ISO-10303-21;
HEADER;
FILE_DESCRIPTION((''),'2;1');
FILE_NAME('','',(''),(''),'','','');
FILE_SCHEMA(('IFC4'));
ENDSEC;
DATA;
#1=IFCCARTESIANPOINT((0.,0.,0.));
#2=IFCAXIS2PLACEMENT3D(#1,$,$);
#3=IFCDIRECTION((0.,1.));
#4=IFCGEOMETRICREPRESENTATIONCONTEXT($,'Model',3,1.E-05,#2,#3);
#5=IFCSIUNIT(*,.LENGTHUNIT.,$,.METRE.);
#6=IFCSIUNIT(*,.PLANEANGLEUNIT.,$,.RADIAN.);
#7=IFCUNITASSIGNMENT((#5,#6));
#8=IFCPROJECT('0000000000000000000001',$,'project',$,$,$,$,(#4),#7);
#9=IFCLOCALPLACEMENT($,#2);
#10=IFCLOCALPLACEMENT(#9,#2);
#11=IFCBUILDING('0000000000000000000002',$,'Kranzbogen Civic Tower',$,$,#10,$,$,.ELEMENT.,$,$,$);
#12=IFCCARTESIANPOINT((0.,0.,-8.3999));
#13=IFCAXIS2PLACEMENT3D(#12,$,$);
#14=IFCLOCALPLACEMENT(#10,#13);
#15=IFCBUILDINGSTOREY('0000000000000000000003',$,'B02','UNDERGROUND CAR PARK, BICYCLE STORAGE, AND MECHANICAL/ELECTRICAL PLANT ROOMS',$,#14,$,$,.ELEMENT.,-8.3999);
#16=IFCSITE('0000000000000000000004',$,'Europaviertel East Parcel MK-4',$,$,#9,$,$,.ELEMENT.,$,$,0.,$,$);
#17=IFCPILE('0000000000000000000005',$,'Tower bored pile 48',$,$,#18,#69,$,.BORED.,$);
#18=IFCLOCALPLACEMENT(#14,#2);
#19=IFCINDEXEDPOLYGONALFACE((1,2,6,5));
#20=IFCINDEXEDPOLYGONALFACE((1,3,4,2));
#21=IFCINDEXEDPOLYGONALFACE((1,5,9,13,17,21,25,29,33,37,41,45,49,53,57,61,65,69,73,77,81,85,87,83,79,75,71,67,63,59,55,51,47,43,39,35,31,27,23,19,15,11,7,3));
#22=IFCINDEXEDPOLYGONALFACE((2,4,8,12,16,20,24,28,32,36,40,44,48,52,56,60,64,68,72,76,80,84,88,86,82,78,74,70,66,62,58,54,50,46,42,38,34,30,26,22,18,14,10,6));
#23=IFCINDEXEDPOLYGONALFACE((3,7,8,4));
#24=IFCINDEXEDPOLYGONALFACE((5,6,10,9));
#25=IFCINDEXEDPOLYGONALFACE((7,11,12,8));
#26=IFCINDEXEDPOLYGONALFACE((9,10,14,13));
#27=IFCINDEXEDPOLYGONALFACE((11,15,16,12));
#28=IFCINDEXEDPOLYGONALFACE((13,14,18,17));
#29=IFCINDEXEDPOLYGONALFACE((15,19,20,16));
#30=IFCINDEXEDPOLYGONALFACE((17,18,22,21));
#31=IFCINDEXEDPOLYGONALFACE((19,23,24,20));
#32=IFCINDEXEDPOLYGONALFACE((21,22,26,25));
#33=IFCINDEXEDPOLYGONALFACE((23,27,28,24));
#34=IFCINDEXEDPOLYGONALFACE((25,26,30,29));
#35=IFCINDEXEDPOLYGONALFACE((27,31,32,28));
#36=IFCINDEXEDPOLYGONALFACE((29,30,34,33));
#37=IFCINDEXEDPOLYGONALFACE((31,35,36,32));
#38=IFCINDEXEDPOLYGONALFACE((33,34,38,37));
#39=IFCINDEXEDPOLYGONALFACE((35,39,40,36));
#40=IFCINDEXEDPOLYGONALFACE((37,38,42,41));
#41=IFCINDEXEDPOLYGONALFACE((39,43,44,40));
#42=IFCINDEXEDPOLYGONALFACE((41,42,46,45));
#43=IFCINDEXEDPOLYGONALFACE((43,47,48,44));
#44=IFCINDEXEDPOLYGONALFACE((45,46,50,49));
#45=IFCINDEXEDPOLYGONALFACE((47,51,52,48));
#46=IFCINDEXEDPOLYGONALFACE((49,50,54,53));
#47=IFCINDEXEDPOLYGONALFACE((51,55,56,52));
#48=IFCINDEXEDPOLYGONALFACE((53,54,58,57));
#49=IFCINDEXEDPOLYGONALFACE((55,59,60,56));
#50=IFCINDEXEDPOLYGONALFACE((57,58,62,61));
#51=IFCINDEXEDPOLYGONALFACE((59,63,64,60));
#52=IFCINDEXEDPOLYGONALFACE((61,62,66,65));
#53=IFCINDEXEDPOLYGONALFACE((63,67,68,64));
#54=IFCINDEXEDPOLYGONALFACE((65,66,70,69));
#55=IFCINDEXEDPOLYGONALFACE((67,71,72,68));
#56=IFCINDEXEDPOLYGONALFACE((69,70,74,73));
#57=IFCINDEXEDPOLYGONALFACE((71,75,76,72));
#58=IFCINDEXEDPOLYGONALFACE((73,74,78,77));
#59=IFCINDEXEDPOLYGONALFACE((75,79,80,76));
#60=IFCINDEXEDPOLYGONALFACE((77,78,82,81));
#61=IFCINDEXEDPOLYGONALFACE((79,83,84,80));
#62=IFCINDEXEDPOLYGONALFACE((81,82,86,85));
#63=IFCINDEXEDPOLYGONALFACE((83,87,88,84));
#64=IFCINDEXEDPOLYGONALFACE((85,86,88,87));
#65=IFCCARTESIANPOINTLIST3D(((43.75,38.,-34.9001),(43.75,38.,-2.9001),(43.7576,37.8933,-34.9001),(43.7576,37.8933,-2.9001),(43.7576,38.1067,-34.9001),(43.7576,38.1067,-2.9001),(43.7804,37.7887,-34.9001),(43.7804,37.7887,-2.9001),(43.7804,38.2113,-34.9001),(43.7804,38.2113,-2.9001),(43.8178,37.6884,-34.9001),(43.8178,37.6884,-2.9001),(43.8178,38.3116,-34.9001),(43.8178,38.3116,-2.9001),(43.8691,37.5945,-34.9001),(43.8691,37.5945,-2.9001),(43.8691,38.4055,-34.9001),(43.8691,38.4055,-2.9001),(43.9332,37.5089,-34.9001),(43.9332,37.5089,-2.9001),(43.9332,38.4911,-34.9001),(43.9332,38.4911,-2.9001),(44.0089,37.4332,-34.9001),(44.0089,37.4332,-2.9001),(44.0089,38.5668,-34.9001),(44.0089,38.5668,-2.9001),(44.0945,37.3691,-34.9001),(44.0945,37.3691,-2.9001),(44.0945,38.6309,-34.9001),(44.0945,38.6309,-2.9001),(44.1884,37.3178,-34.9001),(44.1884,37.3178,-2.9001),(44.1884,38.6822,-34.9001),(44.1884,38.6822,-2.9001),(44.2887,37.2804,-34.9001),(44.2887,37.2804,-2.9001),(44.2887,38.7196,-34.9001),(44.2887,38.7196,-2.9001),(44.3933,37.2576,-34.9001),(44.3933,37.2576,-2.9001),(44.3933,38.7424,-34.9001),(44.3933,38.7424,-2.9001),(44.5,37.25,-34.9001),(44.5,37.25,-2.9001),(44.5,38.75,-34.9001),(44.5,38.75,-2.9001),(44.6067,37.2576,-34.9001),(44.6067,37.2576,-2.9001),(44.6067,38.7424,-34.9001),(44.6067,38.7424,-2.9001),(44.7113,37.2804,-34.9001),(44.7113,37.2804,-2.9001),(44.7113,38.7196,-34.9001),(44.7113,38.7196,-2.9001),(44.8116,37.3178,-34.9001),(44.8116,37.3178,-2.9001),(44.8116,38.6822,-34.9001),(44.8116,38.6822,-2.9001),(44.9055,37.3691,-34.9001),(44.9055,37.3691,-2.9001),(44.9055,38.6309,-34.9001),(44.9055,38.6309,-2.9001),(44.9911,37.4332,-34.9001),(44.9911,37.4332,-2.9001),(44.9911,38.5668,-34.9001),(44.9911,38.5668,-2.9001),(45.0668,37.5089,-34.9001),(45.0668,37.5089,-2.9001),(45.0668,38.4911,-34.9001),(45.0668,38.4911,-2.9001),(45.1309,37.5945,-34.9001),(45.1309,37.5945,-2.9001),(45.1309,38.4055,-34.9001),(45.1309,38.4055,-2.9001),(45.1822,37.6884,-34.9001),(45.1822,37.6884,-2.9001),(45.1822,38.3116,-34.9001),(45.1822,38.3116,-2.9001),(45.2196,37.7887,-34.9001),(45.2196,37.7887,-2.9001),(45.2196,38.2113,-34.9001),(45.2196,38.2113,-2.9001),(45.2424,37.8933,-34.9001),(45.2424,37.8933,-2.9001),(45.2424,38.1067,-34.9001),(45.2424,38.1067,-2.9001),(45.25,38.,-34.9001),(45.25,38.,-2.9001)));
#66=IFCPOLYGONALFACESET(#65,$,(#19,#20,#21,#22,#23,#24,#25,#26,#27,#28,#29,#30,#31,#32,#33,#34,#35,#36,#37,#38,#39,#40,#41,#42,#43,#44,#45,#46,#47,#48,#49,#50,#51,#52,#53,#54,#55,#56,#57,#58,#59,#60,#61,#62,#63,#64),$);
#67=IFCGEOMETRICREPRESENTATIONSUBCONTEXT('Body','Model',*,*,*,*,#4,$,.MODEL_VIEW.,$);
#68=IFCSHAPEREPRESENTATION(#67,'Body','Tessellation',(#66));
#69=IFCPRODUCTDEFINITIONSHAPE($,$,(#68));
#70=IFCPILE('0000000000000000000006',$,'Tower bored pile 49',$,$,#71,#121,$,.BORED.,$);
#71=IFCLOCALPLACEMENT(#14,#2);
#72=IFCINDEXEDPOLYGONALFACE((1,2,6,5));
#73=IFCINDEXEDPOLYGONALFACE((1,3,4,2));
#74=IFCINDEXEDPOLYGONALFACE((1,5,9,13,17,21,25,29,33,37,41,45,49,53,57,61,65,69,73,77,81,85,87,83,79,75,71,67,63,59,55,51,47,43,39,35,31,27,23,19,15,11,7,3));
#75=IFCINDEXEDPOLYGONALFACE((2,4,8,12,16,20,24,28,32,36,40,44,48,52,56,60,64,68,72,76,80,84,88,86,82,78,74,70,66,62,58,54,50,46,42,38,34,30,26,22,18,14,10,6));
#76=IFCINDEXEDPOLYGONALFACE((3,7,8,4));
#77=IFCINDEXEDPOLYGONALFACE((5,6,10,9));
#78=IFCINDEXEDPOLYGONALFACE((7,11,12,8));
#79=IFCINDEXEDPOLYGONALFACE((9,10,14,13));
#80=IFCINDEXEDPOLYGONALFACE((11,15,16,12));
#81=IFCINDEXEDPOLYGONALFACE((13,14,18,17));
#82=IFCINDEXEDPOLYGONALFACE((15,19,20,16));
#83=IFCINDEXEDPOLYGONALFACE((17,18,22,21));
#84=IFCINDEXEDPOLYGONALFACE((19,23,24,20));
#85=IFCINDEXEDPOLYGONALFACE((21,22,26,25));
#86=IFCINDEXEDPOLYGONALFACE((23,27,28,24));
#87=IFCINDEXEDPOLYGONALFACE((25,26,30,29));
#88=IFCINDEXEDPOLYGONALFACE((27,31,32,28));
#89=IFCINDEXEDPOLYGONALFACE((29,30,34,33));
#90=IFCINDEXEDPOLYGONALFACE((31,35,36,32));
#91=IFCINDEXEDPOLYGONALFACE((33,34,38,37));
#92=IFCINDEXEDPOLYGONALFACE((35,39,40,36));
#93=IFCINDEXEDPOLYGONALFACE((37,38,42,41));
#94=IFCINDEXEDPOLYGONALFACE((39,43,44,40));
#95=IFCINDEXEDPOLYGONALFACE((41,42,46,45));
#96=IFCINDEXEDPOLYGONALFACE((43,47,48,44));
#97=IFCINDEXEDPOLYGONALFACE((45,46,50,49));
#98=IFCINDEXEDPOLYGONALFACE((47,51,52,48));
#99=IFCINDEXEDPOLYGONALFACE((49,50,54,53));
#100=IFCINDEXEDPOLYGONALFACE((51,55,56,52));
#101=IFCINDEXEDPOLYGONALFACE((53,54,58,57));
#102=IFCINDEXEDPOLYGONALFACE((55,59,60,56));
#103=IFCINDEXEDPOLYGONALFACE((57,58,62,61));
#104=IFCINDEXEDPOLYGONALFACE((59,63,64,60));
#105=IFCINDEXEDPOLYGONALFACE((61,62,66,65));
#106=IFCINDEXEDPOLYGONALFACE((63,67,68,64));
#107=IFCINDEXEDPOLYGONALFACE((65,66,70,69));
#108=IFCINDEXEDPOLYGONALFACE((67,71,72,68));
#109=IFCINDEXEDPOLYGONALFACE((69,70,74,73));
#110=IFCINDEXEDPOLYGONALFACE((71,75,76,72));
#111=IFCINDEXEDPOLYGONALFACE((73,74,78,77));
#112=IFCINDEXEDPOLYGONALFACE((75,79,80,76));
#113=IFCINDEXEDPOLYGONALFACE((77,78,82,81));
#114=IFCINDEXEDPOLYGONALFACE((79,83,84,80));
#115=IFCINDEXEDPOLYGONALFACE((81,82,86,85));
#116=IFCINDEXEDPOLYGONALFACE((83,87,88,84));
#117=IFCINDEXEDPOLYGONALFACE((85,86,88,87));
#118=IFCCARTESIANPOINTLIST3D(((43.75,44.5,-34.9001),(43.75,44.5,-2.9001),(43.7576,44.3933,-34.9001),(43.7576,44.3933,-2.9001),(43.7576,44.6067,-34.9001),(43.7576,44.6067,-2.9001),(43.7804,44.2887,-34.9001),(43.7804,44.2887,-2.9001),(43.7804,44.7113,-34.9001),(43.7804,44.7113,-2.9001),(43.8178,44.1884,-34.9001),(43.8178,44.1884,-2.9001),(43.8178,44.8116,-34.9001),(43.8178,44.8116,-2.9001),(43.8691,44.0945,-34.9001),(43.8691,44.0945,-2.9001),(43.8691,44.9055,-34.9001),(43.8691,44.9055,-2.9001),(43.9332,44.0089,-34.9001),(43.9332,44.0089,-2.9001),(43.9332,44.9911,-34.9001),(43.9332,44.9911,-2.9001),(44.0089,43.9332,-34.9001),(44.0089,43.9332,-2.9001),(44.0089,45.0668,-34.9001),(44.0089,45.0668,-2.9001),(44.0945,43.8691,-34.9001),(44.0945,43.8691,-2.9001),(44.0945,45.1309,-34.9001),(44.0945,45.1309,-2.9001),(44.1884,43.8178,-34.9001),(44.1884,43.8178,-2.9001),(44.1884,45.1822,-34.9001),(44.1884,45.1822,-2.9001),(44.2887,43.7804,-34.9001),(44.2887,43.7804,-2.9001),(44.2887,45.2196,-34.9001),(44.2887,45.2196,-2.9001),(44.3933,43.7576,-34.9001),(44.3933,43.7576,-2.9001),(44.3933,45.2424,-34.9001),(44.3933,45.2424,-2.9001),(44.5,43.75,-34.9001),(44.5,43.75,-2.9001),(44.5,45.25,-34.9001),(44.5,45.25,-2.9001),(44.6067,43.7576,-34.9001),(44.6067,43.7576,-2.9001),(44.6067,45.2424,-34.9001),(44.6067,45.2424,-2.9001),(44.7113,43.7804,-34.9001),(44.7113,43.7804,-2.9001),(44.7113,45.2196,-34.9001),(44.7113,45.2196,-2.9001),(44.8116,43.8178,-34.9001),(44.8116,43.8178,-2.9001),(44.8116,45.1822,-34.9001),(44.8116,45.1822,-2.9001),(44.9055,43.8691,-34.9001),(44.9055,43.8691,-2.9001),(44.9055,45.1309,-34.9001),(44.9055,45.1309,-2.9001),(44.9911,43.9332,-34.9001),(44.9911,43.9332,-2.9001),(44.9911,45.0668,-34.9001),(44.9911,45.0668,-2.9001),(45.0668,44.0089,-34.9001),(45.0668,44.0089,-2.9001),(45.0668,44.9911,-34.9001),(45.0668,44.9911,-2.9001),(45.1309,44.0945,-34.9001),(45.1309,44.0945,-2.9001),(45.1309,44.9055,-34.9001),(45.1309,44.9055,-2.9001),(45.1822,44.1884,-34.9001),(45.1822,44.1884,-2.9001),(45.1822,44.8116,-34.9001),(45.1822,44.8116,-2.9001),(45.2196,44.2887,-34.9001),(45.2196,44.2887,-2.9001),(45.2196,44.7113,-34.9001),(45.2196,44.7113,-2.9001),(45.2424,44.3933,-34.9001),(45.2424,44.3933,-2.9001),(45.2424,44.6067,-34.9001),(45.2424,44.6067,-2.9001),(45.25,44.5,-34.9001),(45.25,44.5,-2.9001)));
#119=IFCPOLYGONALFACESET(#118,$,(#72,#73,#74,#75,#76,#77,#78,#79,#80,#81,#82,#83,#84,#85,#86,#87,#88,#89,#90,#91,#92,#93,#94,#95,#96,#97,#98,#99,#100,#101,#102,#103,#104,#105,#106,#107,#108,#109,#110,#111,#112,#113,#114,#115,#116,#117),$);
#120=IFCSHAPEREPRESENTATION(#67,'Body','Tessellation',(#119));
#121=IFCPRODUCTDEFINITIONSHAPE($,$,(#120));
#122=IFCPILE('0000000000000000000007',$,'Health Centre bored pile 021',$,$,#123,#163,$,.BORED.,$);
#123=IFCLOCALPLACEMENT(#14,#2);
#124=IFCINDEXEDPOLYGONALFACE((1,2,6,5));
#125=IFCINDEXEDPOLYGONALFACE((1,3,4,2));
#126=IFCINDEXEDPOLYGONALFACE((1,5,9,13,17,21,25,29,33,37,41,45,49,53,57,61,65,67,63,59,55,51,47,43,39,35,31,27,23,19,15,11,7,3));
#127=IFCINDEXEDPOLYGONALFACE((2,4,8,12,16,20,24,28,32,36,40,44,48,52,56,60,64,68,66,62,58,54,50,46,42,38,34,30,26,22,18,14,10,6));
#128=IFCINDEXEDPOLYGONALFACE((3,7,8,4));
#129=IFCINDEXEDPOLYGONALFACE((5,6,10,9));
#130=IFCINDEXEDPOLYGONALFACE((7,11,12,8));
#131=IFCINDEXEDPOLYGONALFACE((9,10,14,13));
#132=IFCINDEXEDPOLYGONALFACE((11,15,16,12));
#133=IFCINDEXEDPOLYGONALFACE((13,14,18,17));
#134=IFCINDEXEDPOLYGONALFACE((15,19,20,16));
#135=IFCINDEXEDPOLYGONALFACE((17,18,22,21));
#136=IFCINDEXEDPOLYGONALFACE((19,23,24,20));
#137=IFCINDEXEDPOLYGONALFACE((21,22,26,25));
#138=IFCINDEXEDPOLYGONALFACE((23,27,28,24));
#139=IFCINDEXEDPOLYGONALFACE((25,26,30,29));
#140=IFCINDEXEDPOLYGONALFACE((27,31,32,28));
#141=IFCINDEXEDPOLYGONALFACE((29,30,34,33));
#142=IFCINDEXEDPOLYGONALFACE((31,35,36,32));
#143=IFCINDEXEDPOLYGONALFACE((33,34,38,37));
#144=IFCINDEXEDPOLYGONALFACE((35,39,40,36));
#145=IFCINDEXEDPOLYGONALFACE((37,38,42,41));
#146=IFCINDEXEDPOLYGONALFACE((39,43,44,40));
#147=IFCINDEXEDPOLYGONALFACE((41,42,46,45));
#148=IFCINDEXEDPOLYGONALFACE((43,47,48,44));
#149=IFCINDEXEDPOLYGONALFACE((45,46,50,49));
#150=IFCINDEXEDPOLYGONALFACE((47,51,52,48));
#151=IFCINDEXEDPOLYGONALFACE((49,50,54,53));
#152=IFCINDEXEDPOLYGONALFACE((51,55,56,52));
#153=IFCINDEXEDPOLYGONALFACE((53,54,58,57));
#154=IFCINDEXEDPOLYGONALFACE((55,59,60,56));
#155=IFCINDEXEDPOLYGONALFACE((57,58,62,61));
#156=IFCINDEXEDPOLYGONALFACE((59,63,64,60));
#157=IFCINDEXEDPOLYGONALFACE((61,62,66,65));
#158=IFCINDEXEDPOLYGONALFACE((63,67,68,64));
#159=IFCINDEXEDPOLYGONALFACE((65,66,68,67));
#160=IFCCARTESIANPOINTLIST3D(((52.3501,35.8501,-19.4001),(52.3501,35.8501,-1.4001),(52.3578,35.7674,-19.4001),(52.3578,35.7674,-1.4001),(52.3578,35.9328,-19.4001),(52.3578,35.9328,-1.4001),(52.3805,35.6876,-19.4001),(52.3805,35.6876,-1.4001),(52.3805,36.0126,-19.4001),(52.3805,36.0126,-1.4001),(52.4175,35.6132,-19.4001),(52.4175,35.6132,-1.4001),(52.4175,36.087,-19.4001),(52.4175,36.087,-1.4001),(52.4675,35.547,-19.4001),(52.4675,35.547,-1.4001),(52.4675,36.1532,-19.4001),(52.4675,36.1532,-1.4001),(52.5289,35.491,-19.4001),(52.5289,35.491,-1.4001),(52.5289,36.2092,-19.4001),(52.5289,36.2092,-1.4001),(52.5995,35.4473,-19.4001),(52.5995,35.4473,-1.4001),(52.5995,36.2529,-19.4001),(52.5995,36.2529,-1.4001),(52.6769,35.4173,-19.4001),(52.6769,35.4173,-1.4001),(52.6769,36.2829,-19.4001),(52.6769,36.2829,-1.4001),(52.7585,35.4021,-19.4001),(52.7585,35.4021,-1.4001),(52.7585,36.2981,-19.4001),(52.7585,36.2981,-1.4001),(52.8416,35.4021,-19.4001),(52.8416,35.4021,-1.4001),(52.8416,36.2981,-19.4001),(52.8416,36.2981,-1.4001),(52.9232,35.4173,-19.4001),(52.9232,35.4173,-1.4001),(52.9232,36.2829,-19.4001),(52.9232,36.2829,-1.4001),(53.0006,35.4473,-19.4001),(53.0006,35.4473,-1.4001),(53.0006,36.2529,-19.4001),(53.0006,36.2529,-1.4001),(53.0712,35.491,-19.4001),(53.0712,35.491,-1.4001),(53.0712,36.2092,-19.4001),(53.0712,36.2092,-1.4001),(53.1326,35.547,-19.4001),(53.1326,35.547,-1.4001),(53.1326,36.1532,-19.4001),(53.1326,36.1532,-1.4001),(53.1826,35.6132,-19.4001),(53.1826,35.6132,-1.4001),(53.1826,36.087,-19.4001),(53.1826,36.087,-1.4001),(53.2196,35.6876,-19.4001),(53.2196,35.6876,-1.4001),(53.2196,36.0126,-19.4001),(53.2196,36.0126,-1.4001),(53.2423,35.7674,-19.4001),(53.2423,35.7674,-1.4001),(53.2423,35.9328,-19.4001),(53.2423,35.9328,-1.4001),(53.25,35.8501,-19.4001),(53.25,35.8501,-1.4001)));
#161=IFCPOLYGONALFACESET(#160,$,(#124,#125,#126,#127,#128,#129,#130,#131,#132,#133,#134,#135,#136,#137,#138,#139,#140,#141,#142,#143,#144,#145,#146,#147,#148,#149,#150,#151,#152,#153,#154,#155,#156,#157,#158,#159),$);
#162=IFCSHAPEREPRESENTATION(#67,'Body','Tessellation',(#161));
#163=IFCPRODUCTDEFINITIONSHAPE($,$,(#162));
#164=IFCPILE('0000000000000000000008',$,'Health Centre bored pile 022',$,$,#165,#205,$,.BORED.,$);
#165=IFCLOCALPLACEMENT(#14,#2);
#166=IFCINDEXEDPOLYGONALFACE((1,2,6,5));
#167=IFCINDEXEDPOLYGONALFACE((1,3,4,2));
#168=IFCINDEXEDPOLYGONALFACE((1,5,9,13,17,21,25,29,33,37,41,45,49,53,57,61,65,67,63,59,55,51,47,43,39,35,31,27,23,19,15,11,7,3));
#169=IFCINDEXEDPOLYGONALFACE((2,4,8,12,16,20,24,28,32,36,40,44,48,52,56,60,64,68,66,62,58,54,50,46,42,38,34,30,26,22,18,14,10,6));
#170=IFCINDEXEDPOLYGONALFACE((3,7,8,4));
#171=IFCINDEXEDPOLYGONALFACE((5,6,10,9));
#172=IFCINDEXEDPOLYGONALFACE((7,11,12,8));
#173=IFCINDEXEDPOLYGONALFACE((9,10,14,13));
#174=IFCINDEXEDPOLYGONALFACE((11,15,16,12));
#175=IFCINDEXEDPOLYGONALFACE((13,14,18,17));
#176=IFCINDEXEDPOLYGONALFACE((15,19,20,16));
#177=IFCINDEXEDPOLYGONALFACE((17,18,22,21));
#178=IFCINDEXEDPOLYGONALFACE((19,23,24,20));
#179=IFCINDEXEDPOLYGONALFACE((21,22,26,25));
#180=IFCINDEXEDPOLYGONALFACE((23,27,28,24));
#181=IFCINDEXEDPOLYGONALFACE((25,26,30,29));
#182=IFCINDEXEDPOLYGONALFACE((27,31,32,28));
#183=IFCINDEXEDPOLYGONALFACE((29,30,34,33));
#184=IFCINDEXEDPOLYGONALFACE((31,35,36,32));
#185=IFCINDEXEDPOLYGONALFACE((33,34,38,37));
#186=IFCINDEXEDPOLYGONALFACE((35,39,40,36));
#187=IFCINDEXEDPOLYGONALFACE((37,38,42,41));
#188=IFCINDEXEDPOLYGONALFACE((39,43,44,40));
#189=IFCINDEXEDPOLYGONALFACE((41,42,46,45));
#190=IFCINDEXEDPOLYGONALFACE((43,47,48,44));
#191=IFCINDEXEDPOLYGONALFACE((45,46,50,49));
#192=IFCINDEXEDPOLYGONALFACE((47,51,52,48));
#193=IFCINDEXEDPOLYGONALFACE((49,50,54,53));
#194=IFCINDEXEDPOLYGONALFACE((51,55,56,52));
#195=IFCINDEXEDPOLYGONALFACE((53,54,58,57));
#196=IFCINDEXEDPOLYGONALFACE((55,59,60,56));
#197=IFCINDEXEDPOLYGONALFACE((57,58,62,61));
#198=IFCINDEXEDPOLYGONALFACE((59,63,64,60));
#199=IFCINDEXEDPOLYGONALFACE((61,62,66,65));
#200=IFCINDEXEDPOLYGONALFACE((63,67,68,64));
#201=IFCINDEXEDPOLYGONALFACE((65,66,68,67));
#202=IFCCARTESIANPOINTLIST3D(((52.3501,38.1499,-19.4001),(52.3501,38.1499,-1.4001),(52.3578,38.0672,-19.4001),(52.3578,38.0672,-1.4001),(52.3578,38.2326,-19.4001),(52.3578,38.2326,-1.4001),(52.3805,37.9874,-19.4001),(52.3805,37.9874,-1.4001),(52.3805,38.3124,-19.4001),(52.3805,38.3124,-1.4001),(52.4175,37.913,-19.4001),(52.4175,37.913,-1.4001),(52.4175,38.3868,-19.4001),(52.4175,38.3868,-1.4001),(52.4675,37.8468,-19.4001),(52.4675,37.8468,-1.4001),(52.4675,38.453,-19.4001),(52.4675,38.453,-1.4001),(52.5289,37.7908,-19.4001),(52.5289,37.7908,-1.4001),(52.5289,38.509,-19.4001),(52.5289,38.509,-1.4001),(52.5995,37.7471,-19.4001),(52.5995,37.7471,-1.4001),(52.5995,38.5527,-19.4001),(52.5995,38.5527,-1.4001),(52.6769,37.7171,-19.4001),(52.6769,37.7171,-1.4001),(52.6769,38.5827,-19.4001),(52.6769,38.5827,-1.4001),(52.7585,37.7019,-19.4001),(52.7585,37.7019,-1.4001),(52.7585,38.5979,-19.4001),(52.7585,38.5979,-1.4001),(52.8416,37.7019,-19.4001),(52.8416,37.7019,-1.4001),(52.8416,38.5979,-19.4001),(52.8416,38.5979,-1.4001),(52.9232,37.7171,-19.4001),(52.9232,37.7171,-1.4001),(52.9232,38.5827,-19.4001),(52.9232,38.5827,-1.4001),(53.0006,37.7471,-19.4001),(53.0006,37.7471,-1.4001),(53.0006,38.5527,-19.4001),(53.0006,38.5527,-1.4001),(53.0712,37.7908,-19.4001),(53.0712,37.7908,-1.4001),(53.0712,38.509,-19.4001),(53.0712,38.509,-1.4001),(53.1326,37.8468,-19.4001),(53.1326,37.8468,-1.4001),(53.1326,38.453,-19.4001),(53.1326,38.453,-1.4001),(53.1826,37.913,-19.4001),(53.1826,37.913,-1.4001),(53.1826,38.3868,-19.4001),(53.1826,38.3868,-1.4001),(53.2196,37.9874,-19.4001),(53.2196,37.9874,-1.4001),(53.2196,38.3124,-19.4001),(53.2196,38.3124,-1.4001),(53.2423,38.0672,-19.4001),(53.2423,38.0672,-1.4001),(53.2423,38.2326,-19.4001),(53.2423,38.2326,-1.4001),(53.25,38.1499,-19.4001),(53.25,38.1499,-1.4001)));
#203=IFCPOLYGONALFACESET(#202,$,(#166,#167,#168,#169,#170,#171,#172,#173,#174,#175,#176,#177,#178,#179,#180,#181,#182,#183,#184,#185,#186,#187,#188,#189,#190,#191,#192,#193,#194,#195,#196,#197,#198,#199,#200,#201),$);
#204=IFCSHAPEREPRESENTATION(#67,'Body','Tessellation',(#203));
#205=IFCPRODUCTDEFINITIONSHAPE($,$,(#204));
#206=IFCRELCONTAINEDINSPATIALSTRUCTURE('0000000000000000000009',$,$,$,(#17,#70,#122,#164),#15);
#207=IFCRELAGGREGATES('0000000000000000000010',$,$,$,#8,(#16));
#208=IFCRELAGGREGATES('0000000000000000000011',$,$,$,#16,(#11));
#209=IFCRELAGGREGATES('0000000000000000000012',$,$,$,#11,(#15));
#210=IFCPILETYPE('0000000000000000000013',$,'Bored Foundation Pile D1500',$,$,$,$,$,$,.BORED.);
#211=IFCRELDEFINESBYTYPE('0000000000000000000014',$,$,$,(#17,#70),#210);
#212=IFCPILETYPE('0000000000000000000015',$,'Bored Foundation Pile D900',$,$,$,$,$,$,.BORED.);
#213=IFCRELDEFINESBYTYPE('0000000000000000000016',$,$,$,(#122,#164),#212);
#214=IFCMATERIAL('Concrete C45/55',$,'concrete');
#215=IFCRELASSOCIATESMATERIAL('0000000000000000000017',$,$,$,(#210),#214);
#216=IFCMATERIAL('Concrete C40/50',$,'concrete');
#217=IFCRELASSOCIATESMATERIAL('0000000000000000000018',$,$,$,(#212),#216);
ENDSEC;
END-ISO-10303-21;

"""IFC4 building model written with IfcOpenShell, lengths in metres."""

from ifc_helpers import new_model, si_unit, direction, frame, origin, origin_2d, place, context, subcontext, project, spatial, circle, extrude, material, material_profile, profile_set, type_object, element, save


model = new_model("IFC4")

# Units and contexts
model_context = context("Model", 3, precision=1e-05, world=origin(), true_north=direction((0.0, 1.0)))
body_context = subcontext(model_context, "Body", "Model", "MODEL_VIEW")
ifc_project = project(units=[si_unit("LENGTHUNIT", "METRE"), si_unit("PLANEANGLEUNIT", "RADIAN")], contexts=[model_context])

# Site, building, storey
site_placement = place(None, origin())
site = spatial("IfcSite", under=ifc_project, at=site_placement, Name="Europaviertel East Parcel MK-4", CompositionType="ELEMENT", RefElevation=0.0)
building_placement = place(site_placement, origin())
building = spatial("IfcBuilding", under=site, at=building_placement, Name="Kranzbogen Civic Tower", CompositionType="ELEMENT")
storey_placement = place(building_placement, frame((0.0, 0.0, -8.3999)))
storey = spatial("IfcBuildingStorey", under=building, at=storey_placement, Name="B02", Description="UNDERGROUND CAR PARK, BICYCLE STORAGE, AND MECHANICAL/ELECTRICAL PLANT ROOMS", CompositionType="ELEMENT", Elevation=-8.3999)

# Piles
ifc_material_1 = material(Name="Concrete C45/55", Category="concrete")
ifc_material_profile_1 = material_profile(ifc_material_1, circle(Radius=0.75, at=origin_2d()), Name="PILE D1500")
ifc_profile_set_1 = profile_set([ifc_material_profile_1], Name="Concrete C45/55")
pile_type_1 = type_object("IfcPileType", Name="Bored Foundation Pile D1500", PredefinedType="BORED", material=ifc_profile_set_1)
for number, where, z_axis, x_axis, name in (
    (1, (44.5, 38.0, -2.9001), (0.0, 0.0, -1.0), (1.0, 0.0, 0.0), "Tower bored pile 48"),
    (2, (44.5, 44.5, -2.9001), (0.0, 0.0, -1.0), (1.0, 0.0, 0.0), "Tower bored pile 49"),
):
    element("IfcPile", number, at=place(storey_placement, frame(where, z_axis=z_axis, x_axis=x_axis)), inside=storey, type_object=pile_type_1, Name=name, PredefinedType="BORED", context=body_context, shape_type="SweptSolid", body=[
        extrude(circle(Radius=0.75, at=origin_2d()), origin(), (0.0, 0.0, 1.0), 32.0),
    ])
ifc_material_2 = material(Name="Concrete C40/50", Category="concrete")
ifc_material_profile_2 = material_profile(ifc_material_2, circle(Radius=0.45, at=origin_2d()), Name="PILE D900")
ifc_profile_set_2 = profile_set([ifc_material_profile_2], Name="Concrete C40/50")
pile_type_2 = type_object("IfcPileType", Name="Bored Foundation Pile D900", PredefinedType="BORED", material=ifc_profile_set_2)
for number, where, z_axis, x_axis, name in (
    (3, (52.8, 35.8501, -1.4001), (0.0, 0.0, -1.0), (1.0, 0.0, 0.0), "Health Centre bored pile 021"),
    (4, (52.8, 38.1499, -1.4001), (0.0, 0.0, -1.0), (1.0, 0.0, 0.0), "Health Centre bored pile 022"),
):
    element("IfcPile", number, at=place(storey_placement, frame(where, z_axis=z_axis, x_axis=x_axis)), inside=storey, type_object=pile_type_2, Name=name, PredefinedType="BORED", context=body_context, shape_type="SweptSolid", body=[
        extrude(circle(Radius=0.45, at=origin_2d()), origin(), (0.0, 0.0, 1.0), 18.0),
    ])

save(model, "model.ifc")
